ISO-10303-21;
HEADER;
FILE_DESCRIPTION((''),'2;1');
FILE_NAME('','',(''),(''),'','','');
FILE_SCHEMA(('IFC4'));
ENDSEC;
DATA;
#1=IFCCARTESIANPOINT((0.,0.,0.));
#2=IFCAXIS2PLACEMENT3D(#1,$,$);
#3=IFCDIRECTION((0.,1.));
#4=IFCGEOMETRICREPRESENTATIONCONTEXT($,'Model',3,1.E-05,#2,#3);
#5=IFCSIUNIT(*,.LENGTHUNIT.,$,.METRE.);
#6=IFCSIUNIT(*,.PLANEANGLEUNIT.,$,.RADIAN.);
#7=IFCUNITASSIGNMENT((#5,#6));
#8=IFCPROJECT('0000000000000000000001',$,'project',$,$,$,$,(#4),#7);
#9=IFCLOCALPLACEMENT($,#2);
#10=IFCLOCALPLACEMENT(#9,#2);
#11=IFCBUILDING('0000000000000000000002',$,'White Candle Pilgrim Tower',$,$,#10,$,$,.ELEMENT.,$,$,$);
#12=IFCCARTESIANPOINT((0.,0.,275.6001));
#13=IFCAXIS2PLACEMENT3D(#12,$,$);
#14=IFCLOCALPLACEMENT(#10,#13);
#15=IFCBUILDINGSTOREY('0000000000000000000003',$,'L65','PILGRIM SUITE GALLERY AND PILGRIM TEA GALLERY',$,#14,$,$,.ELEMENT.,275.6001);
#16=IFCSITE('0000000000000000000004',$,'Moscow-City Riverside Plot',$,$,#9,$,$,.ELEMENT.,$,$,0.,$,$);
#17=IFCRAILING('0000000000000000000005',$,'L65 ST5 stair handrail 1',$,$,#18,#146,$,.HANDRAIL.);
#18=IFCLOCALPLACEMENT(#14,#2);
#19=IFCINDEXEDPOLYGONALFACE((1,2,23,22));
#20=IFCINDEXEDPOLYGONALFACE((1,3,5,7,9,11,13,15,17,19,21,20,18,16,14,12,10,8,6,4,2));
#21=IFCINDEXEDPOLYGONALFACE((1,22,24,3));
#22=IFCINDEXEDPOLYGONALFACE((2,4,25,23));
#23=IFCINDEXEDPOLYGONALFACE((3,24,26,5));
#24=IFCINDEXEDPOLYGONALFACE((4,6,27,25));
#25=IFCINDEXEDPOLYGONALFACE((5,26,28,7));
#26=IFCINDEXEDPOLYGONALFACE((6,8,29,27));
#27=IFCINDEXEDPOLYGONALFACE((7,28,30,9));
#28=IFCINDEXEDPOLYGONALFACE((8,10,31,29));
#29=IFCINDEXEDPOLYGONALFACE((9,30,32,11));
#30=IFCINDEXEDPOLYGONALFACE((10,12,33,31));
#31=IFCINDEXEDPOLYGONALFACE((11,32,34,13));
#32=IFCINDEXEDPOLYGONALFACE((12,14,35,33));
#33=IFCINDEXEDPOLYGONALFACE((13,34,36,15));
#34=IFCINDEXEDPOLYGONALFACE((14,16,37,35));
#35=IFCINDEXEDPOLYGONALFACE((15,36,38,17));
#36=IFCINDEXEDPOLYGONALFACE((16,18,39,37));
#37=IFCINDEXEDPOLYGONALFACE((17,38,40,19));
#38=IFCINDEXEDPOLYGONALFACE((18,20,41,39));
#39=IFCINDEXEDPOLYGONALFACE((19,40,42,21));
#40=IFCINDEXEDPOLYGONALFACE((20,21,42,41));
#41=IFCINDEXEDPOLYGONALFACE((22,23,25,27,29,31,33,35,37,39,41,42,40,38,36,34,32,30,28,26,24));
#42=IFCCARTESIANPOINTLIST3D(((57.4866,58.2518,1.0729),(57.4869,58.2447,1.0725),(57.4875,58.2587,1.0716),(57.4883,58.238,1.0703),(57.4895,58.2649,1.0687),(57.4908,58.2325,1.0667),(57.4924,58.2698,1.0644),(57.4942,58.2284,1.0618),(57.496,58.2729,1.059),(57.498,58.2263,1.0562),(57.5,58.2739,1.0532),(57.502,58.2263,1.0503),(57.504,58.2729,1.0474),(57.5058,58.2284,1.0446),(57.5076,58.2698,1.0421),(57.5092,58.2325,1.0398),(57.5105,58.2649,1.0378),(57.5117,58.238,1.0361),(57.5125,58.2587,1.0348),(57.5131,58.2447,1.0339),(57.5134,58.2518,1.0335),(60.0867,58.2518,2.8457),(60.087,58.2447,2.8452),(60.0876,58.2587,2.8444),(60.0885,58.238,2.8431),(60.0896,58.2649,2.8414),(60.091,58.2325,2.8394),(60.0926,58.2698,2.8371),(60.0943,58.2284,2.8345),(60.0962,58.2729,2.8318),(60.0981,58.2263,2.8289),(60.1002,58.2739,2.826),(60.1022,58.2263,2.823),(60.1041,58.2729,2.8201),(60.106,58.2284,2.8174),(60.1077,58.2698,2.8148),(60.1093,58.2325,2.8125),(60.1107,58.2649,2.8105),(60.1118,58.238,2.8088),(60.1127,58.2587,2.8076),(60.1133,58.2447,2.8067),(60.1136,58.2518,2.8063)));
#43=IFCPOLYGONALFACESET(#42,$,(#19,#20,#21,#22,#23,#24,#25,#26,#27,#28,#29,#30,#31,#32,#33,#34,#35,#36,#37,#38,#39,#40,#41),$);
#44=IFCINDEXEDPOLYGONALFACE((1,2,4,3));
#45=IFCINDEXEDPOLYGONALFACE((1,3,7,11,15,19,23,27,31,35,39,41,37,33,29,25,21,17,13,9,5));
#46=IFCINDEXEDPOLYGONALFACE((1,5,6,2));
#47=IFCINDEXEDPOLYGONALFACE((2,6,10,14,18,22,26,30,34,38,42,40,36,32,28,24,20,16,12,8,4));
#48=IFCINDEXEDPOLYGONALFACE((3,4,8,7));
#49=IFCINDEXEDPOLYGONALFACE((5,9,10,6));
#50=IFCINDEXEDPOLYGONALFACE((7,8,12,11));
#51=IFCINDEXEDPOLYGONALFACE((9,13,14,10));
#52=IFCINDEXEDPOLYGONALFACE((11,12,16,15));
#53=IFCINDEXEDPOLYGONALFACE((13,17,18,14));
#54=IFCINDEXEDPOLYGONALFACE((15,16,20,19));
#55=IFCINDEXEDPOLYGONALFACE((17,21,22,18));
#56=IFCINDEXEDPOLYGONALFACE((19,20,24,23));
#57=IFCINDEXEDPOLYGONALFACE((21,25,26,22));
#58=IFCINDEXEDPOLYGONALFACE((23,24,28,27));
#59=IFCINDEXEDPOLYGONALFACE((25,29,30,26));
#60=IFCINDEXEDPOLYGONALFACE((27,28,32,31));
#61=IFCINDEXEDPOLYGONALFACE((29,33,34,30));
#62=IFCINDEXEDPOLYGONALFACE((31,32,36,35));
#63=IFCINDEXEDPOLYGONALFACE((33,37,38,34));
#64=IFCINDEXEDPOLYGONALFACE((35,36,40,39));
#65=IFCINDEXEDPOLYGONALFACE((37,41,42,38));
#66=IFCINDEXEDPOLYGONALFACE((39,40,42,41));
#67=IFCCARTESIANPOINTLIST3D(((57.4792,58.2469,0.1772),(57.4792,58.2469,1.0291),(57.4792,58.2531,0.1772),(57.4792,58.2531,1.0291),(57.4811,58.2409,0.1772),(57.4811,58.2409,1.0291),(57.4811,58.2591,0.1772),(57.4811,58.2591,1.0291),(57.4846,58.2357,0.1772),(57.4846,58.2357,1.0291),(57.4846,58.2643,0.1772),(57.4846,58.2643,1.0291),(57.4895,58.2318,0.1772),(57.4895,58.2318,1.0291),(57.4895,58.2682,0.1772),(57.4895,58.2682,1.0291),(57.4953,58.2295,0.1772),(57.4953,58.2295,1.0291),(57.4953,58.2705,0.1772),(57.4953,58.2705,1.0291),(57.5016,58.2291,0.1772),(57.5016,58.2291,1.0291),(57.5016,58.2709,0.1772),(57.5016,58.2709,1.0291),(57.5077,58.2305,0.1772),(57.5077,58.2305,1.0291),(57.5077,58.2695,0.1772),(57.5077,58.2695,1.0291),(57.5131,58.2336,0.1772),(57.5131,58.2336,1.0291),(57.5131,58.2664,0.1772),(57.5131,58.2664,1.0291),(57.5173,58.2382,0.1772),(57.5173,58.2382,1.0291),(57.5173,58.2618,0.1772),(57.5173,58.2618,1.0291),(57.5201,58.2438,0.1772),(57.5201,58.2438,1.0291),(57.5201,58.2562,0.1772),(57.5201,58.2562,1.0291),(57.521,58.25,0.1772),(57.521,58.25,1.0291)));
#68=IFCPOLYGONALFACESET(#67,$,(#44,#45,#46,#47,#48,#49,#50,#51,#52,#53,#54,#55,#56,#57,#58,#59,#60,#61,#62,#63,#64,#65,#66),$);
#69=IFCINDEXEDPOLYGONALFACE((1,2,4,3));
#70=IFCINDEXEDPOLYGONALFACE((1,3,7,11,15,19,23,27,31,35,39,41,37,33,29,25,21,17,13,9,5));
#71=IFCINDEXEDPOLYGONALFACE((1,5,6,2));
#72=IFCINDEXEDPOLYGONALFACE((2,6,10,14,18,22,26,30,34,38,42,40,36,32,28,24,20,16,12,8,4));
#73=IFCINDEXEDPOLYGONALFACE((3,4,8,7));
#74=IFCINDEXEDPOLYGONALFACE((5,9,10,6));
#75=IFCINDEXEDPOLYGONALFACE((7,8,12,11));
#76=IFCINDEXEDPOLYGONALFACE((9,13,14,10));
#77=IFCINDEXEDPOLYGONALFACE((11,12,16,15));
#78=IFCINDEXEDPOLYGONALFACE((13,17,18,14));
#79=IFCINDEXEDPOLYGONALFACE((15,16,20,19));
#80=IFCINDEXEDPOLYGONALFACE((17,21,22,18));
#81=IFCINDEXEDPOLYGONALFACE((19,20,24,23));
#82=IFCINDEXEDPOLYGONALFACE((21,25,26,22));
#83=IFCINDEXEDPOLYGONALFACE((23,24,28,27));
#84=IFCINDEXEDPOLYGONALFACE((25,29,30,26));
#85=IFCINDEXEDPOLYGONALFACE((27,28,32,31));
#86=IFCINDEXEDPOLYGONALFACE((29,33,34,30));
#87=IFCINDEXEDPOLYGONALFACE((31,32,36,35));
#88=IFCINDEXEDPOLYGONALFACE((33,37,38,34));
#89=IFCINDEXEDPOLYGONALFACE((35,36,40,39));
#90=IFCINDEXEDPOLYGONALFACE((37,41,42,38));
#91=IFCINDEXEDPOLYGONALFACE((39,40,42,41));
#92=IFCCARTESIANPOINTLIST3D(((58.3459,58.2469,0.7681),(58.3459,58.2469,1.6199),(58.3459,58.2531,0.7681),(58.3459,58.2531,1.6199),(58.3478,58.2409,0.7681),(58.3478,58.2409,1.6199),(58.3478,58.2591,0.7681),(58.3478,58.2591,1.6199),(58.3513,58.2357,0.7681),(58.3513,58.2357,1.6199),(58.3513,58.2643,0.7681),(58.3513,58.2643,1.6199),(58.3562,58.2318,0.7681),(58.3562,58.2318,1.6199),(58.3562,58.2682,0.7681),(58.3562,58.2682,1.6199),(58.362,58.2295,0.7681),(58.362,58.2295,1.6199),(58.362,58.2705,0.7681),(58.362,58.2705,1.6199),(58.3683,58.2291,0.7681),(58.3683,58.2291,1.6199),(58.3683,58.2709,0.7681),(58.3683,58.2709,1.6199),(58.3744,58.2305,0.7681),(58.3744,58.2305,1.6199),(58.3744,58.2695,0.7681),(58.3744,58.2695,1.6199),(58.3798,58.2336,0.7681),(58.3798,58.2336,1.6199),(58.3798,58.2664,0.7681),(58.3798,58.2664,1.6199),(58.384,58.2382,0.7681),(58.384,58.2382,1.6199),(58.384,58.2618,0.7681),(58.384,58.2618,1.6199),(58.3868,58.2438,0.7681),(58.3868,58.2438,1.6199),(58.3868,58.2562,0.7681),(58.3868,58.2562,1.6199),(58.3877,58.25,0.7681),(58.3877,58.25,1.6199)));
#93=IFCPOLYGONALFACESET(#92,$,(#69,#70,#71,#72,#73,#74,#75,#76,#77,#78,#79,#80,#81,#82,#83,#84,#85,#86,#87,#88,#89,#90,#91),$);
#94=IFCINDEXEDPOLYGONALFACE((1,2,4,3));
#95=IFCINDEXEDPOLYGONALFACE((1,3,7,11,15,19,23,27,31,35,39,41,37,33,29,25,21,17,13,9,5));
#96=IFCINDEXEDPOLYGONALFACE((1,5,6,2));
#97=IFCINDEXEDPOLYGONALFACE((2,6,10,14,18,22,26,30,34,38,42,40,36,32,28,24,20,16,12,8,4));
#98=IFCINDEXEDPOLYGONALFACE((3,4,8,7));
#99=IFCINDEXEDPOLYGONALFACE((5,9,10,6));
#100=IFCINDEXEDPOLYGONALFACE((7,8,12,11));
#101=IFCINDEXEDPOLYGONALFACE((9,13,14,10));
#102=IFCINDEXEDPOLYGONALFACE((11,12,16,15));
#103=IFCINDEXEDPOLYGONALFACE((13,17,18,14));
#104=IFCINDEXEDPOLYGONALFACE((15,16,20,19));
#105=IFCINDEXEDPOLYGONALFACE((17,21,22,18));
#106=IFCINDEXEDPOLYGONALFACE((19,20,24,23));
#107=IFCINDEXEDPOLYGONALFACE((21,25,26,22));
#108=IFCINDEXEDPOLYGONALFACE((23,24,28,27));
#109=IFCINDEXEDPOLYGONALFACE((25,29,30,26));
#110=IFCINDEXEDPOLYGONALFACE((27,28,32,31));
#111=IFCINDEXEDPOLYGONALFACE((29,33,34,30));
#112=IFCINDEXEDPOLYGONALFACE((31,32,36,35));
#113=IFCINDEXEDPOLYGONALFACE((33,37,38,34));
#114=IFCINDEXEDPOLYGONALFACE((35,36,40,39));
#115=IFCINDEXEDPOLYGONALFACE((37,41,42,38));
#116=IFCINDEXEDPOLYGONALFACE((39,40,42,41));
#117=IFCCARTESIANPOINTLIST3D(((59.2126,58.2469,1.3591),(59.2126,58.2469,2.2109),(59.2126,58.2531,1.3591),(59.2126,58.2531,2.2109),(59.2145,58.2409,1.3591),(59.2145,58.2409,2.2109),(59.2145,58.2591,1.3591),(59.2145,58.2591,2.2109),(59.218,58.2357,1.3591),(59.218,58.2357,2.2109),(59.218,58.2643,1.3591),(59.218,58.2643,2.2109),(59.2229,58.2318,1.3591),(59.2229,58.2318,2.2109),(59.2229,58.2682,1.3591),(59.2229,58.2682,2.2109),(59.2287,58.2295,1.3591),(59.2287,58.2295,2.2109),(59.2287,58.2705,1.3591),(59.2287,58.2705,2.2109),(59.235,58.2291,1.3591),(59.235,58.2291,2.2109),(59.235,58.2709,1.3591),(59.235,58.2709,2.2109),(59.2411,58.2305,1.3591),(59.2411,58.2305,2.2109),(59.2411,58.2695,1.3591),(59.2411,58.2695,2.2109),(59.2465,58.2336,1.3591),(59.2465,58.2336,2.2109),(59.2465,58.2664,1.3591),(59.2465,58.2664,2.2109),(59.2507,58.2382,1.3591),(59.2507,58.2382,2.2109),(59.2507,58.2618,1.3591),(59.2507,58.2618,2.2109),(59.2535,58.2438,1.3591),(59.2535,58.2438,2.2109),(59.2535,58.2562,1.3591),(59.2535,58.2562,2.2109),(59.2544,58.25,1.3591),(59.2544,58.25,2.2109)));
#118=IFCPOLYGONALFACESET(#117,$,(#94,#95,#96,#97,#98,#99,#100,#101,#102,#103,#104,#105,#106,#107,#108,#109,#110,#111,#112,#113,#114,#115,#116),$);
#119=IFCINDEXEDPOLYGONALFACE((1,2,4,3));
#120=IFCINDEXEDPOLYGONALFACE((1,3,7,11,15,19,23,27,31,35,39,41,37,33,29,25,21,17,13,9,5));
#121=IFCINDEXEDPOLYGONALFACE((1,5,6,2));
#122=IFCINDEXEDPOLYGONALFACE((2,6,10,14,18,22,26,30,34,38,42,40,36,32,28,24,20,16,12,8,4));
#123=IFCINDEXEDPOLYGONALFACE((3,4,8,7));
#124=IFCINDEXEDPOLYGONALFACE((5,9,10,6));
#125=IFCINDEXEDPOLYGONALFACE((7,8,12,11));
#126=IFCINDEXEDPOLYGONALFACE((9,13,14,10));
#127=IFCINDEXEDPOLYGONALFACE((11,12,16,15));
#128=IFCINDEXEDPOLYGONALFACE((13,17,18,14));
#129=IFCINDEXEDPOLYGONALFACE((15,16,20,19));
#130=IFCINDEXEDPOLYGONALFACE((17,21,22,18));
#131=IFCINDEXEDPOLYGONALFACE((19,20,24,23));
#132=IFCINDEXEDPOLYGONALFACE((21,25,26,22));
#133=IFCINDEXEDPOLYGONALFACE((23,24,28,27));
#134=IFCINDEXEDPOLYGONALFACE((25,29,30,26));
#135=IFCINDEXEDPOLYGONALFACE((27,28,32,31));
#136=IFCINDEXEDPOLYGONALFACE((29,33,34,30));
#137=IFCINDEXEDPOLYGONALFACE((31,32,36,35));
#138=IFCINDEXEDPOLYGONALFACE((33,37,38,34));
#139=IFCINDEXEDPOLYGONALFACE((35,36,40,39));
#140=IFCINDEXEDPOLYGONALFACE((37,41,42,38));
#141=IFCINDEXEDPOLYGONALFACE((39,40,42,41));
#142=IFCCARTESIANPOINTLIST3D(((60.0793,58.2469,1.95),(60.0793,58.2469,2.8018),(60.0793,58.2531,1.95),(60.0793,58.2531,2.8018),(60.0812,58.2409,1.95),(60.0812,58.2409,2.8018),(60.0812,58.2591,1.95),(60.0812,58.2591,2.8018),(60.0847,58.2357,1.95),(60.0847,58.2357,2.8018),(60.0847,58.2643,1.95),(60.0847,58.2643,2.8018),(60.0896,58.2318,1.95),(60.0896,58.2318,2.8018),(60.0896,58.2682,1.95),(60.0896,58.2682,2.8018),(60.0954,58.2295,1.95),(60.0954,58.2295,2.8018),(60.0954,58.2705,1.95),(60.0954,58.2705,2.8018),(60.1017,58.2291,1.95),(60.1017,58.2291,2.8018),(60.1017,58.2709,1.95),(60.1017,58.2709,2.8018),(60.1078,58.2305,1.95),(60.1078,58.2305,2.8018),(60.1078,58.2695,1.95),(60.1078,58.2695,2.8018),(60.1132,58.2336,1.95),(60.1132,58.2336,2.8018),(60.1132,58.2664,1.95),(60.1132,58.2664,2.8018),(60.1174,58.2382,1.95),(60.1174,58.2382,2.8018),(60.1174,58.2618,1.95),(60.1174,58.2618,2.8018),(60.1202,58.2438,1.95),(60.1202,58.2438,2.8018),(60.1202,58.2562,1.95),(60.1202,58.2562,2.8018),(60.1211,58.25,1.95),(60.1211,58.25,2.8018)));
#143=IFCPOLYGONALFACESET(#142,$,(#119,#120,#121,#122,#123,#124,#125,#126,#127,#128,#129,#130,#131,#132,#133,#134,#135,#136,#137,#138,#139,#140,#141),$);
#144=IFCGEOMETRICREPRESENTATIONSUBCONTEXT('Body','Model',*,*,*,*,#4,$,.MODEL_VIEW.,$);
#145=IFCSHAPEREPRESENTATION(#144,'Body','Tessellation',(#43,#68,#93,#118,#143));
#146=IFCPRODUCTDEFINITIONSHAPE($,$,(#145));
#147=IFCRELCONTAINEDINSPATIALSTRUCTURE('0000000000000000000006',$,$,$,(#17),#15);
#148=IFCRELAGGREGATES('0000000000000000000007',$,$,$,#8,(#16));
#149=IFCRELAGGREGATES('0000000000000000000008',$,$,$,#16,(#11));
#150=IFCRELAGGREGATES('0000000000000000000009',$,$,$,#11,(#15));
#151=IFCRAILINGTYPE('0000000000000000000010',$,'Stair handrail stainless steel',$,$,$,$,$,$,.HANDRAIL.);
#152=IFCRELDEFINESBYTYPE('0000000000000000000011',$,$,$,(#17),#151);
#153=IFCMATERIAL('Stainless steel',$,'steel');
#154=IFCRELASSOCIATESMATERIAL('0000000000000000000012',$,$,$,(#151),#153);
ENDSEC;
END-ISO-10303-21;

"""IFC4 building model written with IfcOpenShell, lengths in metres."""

from ifc_helpers import new_model, si_unit, direction, frame, origin, origin_2d, place, context, subcontext, project, spatial, circle, extrude, material, type_object, element, save


model = new_model("IFC4")

# Units and contexts
model_context = context("Model", 3, precision=1e-05, world=origin(), true_north=direction((0.0, 1.0)))
body_context = subcontext(model_context, "Body", "Model", "MODEL_VIEW")
ifc_project = project(units=[si_unit("LENGTHUNIT", "METRE"), si_unit("PLANEANGLEUNIT", "RADIAN")], contexts=[model_context])

# Site, building, storey
site_placement = place(None, origin())
site = spatial("IfcSite", under=ifc_project, at=site_placement, Name="Moscow-City Riverside Plot", CompositionType="ELEMENT", RefElevation=0.0)
building_placement = place(site_placement, origin())
building = spatial("IfcBuilding", under=site, at=building_placement, Name="White Candle Pilgrim Tower", CompositionType="ELEMENT")
storey_placement = place(building_placement, frame((0.0, 0.0, 275.6001)))
storey = spatial("IfcBuildingStorey", under=building, at=storey_placement, Name="L65", Description="PILGRIM SUITE GALLERY AND PILGRIM TEA GALLERY", CompositionType="ELEMENT", Elevation=275.6001)

# Railing
ifc_material_1 = material(Name="Stainless steel", Category="steel")
railing_type_1 = type_object("IfcRailingType", Name="Stair handrail stainless steel", PredefinedType="HANDRAIL", material=ifc_material_1)
railing_1_placement = place(storey_placement, frame((57.5, 58.25, 0.1772)))
element("IfcRailing", 1, at=railing_1_placement, inside=storey, type_object=railing_type_1, Name="L65 ST5 stair handrail 1", PredefinedType="HANDRAIL", context=body_context, shape_type="SweptSolid", body=[
    extrude(circle(Radius=0.0239, at=origin_2d()), frame((0.0, 0.0, 0.876), z_axis=(0.82624, 0.0, 0.563318), x_axis=(0.0, 1.0, 0.0)), (0.0, 0.0, 1.0), 3.147),
    extrude(circle(Radius=0.021, at=origin_2d()), origin(), (0.0, 0.0, 1.0), 0.8518),
    extrude(circle(Radius=0.021, at=origin_2d()), frame((0.8667, 0.0, 0.5908)), (0.0, 0.0, 1.0), 0.8518),
    extrude(circle(Radius=0.021, at=origin_2d()), frame((1.7334, 0.0, 1.1819)), (0.0, 0.0, 1.0), 0.8518),
    extrude(circle(Radius=0.021, at=origin_2d()), frame((2.6001, 0.0, 1.7727)), (0.0, 0.0, 1.0), 0.8518),
])

save(model, "model.ifc")
